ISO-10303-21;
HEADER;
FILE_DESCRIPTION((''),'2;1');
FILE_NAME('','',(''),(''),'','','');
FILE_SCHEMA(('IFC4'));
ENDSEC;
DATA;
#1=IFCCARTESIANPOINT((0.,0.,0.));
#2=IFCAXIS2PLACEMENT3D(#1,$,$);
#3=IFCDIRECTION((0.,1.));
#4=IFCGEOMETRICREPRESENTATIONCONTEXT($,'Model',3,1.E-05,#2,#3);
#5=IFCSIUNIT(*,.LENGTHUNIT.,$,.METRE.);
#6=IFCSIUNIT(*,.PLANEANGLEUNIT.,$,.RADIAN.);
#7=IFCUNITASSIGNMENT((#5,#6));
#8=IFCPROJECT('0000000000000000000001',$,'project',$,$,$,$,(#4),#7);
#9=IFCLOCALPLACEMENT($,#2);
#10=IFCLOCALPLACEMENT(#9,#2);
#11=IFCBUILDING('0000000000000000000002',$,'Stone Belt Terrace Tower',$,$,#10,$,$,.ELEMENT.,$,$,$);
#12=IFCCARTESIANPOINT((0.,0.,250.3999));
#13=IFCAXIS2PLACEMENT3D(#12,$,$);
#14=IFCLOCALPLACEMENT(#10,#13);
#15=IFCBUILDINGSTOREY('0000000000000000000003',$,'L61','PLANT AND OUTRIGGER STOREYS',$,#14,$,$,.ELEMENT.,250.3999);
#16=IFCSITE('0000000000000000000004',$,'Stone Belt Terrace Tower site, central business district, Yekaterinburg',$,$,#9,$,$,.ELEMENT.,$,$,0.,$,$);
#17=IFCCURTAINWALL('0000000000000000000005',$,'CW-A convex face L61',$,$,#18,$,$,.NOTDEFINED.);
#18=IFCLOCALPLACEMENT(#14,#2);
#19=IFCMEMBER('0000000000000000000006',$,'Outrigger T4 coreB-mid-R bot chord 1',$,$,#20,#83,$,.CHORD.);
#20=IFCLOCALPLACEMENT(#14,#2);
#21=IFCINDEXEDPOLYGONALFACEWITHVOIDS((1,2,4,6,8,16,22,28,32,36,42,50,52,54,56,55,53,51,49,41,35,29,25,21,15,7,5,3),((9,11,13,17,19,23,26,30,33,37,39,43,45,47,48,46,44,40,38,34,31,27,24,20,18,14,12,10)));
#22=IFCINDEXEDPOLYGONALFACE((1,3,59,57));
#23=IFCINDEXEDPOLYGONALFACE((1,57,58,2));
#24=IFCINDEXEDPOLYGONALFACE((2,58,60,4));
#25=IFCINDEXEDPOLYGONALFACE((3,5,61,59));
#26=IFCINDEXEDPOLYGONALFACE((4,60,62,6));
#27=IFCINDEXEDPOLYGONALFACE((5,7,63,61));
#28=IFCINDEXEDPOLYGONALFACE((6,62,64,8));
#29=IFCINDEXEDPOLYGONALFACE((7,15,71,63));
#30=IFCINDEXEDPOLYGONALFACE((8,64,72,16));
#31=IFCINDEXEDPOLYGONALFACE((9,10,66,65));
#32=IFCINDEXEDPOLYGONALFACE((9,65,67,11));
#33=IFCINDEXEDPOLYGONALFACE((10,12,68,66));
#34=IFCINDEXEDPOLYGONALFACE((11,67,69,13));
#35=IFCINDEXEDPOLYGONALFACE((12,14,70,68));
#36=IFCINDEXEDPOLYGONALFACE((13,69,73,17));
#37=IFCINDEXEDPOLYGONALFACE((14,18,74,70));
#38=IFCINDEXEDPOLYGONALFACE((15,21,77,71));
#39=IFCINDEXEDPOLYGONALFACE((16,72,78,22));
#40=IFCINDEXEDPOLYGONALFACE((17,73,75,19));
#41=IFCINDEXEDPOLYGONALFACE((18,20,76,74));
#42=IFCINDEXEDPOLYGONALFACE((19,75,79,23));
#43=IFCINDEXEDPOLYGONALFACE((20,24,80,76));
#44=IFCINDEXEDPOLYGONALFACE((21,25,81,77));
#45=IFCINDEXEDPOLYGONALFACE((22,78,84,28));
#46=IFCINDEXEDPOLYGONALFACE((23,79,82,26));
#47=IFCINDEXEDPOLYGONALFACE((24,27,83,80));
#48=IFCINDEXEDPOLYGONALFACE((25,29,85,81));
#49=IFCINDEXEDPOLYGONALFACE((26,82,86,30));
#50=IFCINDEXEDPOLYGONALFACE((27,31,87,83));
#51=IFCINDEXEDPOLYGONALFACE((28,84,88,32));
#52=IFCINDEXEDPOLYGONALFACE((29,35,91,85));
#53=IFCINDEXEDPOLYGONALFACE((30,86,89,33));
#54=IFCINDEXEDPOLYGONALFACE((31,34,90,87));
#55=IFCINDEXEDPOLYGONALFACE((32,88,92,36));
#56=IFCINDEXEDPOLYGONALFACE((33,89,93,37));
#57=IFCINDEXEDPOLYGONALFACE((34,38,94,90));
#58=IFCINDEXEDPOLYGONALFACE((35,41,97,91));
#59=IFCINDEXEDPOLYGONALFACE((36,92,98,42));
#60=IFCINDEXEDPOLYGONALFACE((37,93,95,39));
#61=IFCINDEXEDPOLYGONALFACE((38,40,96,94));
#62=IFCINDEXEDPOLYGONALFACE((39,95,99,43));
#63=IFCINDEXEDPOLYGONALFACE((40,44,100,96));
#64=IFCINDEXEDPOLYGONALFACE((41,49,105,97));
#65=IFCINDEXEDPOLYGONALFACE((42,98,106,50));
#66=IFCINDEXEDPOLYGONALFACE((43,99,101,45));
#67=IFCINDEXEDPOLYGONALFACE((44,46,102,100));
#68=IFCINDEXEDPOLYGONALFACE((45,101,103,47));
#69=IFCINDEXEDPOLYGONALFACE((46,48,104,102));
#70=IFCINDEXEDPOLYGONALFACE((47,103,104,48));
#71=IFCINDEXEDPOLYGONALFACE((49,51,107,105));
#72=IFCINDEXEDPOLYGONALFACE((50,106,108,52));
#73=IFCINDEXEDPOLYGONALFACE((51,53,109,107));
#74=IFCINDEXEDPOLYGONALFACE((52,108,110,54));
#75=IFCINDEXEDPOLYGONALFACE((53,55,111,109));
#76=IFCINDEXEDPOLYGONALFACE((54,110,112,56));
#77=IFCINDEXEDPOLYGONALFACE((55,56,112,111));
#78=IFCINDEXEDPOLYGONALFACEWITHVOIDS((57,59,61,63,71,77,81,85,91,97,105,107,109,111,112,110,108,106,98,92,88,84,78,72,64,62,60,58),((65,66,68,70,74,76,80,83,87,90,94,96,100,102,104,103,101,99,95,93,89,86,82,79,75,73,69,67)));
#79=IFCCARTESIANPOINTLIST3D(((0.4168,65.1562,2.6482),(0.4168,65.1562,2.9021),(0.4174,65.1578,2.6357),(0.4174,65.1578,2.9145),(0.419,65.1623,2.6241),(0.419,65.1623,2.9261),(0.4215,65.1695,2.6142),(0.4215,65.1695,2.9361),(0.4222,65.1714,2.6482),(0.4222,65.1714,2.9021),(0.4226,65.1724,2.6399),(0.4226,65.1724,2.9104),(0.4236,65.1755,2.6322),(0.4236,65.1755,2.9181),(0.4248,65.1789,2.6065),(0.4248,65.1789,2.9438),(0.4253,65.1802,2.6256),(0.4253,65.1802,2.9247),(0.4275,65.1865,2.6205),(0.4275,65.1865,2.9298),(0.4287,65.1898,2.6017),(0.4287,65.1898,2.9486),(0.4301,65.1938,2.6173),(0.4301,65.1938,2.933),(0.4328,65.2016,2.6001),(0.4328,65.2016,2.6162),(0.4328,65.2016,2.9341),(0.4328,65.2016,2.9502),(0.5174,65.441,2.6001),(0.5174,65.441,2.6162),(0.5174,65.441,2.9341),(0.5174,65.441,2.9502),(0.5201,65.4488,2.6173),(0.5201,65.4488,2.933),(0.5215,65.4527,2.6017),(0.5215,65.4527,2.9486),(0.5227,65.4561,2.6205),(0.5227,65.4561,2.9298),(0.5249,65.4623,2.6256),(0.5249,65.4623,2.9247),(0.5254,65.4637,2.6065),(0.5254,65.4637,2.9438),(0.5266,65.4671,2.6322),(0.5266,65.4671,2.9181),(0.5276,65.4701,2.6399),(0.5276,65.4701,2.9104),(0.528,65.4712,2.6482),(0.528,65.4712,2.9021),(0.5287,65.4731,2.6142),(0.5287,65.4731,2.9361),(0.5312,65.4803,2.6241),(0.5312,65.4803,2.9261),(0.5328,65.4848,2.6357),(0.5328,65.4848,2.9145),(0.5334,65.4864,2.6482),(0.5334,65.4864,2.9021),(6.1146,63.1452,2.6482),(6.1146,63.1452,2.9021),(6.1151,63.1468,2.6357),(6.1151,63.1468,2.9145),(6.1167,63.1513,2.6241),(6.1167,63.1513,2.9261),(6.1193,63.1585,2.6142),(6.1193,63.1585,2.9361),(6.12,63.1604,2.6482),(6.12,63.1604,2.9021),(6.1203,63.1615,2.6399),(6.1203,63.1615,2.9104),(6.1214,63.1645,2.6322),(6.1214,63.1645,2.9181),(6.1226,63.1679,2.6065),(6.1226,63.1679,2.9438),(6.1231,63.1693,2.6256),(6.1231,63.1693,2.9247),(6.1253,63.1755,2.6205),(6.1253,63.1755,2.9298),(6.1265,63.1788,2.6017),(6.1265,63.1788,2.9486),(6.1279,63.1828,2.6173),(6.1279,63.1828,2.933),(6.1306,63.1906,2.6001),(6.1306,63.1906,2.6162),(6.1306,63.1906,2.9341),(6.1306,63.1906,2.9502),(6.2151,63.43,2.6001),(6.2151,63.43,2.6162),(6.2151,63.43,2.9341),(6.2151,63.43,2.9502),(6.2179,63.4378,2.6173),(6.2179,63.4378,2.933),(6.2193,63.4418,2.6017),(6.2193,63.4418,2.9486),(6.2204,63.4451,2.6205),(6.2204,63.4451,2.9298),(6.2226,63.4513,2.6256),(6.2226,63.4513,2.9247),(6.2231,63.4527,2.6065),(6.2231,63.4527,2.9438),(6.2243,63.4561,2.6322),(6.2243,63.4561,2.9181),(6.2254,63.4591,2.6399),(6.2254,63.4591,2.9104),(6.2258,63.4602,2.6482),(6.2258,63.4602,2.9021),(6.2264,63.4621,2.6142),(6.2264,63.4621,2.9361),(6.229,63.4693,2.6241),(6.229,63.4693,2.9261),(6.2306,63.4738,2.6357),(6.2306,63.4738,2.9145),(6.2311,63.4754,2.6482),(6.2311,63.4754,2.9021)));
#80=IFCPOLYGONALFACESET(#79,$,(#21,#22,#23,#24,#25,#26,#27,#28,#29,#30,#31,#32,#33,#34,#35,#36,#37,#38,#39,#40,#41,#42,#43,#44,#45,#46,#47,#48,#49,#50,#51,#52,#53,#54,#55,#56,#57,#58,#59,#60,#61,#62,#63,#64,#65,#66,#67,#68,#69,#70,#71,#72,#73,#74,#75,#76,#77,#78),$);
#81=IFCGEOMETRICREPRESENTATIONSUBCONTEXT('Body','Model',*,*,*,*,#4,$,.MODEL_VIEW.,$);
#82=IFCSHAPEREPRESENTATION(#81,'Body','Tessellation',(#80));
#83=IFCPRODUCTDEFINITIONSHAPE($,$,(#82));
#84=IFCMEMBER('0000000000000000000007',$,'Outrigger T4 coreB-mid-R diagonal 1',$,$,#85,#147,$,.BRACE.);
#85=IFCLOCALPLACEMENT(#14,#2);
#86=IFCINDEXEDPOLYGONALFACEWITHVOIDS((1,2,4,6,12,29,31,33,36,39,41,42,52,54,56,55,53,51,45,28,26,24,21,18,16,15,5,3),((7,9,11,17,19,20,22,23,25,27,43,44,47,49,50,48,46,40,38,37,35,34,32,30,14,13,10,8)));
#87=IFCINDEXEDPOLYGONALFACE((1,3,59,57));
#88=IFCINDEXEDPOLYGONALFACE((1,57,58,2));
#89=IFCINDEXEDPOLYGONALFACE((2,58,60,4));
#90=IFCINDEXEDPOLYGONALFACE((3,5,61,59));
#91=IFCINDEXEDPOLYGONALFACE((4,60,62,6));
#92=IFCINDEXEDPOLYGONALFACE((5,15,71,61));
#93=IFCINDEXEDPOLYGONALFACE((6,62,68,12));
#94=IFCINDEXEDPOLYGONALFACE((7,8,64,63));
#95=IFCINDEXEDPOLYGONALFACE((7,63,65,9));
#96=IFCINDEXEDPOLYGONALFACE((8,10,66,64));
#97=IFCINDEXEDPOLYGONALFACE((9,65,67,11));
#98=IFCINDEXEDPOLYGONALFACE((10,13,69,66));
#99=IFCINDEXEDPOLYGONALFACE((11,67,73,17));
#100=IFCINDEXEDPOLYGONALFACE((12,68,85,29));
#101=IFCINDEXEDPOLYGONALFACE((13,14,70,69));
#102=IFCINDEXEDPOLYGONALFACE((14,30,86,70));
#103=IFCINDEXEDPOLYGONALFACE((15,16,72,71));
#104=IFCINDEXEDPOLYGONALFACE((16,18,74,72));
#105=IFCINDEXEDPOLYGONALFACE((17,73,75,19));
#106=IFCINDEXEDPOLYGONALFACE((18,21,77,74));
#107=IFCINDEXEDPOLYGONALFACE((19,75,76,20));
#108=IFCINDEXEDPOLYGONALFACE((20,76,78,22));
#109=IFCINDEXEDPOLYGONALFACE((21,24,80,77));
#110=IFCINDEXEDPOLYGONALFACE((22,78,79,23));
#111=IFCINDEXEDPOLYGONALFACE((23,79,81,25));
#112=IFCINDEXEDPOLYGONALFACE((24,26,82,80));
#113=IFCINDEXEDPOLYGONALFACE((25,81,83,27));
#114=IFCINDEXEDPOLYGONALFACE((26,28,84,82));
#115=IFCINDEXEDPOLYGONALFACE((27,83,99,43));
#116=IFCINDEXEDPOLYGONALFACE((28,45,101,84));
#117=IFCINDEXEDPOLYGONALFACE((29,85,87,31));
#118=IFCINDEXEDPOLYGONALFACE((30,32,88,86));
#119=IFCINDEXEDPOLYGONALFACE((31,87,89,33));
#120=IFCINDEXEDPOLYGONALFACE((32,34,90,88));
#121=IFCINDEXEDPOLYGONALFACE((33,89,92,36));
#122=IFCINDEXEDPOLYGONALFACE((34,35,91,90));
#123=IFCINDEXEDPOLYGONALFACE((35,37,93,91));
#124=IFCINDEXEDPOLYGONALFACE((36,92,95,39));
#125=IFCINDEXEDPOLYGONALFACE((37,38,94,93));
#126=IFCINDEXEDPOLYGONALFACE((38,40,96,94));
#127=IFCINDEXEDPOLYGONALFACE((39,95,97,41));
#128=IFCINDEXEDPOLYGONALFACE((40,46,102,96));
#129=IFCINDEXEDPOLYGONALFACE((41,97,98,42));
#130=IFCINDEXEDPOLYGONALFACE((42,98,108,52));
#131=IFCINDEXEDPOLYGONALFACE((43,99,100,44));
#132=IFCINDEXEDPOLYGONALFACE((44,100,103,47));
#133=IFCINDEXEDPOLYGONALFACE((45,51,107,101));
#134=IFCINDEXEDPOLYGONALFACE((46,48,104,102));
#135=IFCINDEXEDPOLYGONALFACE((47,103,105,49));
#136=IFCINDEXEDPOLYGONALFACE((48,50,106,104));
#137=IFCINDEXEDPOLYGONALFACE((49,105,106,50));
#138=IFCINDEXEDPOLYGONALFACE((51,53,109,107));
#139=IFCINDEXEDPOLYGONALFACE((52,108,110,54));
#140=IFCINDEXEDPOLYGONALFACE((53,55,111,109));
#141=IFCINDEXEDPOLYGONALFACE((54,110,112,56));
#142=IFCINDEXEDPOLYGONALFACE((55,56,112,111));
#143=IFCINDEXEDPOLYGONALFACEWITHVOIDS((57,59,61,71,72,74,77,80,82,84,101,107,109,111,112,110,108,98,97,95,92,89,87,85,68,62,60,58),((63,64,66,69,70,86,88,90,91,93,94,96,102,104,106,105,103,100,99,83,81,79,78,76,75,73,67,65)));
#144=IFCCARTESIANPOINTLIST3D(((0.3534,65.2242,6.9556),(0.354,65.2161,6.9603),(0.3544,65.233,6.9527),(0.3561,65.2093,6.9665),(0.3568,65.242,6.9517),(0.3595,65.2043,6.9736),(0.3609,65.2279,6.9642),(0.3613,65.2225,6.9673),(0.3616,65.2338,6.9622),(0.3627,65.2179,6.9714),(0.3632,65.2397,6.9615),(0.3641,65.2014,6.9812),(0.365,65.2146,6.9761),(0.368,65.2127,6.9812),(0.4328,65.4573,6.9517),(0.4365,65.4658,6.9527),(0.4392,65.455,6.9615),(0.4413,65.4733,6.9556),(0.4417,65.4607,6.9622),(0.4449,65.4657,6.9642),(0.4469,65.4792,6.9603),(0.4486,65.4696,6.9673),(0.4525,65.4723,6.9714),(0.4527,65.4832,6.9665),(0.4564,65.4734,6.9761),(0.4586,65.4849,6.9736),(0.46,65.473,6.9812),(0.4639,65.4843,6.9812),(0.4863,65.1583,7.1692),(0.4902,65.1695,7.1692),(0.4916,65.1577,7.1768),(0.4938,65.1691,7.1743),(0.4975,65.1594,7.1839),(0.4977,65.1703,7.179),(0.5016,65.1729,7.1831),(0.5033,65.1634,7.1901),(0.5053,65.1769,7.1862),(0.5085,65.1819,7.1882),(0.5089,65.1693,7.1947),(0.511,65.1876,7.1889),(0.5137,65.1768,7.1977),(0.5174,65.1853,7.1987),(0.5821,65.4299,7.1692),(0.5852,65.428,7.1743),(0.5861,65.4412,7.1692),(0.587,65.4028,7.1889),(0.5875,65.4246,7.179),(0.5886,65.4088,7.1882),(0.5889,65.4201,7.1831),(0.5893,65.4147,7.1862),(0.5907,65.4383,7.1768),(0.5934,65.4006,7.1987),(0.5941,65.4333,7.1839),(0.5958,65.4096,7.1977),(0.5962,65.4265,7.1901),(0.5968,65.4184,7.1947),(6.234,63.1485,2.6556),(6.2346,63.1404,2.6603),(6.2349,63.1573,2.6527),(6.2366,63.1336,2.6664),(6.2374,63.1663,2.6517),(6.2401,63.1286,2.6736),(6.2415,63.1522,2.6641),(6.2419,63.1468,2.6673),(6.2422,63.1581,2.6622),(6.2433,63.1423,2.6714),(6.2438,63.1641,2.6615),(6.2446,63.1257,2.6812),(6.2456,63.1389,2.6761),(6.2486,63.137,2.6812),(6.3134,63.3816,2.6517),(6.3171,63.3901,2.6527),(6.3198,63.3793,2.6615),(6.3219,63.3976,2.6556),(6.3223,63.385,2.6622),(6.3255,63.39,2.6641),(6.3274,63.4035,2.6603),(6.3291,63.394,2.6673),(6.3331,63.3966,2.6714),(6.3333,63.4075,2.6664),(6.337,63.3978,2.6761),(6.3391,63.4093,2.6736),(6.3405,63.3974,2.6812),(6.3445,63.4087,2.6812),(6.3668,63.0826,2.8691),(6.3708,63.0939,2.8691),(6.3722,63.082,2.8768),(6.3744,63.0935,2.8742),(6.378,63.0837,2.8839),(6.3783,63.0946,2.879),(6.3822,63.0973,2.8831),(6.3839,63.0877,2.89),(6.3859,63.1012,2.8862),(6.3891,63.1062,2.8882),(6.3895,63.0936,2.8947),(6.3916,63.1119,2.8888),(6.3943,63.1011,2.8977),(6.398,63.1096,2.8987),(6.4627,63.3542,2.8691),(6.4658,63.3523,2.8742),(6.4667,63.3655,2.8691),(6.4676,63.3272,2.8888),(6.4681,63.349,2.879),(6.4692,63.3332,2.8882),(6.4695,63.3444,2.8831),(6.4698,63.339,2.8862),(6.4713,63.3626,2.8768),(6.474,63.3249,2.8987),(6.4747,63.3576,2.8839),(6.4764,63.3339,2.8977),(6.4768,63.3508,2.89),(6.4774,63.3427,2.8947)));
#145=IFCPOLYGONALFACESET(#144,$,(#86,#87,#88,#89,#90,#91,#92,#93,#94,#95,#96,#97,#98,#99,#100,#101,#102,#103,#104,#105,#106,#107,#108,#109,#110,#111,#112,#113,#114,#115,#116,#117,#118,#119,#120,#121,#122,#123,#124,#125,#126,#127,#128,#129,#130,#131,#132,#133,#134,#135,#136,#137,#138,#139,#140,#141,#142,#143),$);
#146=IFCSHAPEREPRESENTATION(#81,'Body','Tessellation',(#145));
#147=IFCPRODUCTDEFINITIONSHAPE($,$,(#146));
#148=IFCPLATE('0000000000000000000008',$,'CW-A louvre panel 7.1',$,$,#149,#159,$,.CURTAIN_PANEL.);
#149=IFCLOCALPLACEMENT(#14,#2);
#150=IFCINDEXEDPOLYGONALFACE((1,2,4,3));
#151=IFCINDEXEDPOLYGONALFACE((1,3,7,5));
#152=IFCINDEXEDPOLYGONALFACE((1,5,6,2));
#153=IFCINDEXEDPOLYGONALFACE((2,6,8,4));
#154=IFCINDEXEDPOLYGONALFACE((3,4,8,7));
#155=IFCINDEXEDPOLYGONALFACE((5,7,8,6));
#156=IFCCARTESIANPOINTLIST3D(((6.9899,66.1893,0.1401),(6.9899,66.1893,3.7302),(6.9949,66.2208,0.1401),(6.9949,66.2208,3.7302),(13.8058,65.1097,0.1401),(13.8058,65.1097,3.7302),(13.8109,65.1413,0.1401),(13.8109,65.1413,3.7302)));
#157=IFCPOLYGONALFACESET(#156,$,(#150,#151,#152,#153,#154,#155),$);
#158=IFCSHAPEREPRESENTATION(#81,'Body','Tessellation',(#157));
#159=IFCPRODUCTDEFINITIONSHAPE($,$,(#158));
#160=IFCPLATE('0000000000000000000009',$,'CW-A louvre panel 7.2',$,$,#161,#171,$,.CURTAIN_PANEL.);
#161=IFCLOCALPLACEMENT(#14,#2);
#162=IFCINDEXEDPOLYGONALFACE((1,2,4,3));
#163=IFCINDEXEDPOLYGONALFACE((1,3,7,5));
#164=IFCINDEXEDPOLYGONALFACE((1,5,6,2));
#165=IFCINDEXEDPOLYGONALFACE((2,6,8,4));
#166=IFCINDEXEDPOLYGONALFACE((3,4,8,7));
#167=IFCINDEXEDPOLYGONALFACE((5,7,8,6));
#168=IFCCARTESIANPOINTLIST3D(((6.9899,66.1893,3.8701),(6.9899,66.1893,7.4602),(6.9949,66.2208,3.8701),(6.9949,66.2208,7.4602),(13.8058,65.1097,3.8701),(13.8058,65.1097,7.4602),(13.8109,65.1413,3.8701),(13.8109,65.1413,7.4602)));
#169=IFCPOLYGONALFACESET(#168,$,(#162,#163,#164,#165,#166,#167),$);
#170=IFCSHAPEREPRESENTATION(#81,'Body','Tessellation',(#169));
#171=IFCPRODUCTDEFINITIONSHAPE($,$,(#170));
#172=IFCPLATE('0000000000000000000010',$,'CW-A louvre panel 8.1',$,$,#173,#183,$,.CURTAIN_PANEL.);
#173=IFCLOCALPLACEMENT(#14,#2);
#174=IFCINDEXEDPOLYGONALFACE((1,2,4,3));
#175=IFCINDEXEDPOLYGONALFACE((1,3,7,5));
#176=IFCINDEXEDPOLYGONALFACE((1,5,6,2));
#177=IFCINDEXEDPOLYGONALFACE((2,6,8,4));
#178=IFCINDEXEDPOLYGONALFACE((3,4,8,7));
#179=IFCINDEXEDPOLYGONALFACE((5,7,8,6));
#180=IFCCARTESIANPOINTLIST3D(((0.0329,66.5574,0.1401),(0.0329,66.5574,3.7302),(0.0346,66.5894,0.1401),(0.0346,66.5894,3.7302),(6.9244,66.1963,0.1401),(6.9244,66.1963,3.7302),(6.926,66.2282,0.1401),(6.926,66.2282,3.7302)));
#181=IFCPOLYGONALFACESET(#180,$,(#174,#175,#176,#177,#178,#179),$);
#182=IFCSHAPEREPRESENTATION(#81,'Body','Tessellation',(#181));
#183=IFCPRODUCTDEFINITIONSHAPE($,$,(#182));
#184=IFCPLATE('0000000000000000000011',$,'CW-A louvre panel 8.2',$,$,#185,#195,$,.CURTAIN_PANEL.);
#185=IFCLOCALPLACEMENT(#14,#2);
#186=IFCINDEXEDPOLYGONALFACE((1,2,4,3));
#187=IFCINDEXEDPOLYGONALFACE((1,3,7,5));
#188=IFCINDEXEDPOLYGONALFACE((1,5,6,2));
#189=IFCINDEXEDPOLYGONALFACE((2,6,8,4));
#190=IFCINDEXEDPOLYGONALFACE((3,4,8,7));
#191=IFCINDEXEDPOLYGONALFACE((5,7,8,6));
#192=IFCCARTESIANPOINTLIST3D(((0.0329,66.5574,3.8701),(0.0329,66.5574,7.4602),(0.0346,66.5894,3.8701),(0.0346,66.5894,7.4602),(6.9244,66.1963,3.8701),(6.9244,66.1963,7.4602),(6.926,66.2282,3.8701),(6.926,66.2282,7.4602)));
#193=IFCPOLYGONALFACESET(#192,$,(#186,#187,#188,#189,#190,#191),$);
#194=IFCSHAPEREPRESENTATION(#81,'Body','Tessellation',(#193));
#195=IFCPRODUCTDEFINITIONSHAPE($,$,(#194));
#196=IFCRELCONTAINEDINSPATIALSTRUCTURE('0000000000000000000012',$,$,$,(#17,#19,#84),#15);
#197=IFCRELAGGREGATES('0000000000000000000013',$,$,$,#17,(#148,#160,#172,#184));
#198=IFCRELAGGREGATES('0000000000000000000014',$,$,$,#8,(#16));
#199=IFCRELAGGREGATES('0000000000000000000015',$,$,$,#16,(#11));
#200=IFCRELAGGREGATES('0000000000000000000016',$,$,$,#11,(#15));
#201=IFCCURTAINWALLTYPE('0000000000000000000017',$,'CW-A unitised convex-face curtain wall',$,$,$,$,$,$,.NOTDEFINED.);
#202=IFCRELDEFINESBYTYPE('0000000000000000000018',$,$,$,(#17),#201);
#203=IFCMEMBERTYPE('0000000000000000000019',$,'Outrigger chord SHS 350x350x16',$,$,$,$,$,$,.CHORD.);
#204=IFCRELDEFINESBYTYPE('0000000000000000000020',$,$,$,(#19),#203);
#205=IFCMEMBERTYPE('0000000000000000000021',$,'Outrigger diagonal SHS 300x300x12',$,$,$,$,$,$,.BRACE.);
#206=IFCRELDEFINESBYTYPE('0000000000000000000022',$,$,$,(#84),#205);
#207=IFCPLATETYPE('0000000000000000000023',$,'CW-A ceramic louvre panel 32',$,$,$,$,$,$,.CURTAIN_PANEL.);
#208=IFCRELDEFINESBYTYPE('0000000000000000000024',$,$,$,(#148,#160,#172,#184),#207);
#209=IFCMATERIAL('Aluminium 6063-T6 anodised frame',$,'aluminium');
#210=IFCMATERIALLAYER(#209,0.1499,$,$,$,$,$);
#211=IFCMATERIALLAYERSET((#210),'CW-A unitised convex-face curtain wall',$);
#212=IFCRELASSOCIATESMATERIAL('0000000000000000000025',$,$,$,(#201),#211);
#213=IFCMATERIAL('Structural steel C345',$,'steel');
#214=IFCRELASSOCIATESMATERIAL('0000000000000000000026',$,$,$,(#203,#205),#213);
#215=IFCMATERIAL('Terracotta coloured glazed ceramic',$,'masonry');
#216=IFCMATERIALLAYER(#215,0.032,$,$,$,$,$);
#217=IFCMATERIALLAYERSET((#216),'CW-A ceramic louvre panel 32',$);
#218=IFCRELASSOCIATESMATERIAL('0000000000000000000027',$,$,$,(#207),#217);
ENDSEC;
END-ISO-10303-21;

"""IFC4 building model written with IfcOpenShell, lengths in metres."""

from ifc_helpers import new_model, si_unit, direction, frame, origin, origin_2d, place, context, subcontext, project, spatial, rectangle, hollow_rectangle, extrude, material, layer, layer_set, material_profile, profile_set, type_object, element, aggregate, save


model = new_model("IFC4")

# Units and contexts
model_context = context("Model", 3, precision=1e-05, world=origin(), true_north=direction((0.0, 1.0)))
body_context = subcontext(model_context, "Body", "Model", "MODEL_VIEW")
ifc_project = project(units=[si_unit("LENGTHUNIT", "METRE"), si_unit("PLANEANGLEUNIT", "RADIAN")], contexts=[model_context])

# Site, building, storey
site_placement = place(None, origin())
site = spatial("IfcSite", under=ifc_project, at=site_placement, Name="Stone Belt Terrace Tower site, central business district, Yekaterinburg", CompositionType="ELEMENT", RefElevation=0.0)
building_placement = place(site_placement, origin())
building = spatial("IfcBuilding", under=site, at=building_placement, Name="Stone Belt Terrace Tower", CompositionType="ELEMENT")
storey_placement = place(building_placement, frame((0.0, 0.0, 250.3999)))
storey = spatial("IfcBuildingStorey", under=building, at=storey_placement, Name="L61", Description="PLANT AND OUTRIGGER STOREYS", CompositionType="ELEMENT", Elevation=250.3999)

# Curtain wall
ifc_material_1 = material(Name="Aluminium 6063-T6 anodised frame", Category="aluminium")
ifc_layer_1 = layer(ifc_material_1, 0.1499)
ifc_layer_set_1 = layer_set([ifc_layer_1], Name="CW-A unitised convex-face curtain wall")
curtain_wall_type = type_object("IfcCurtainWallType", Name="CW-A unitised convex-face curtain wall", PredefinedType="NOTDEFINED", material=ifc_layer_set_1)
curtain_wall_placement = place(storey_placement, origin())
curtain_wall = element("IfcCurtainWall", 1, at=curtain_wall_placement, inside=storey, type_object=curtain_wall_type, Name="CW-A convex face L61", PredefinedType="NOTDEFINED")

# Members
ifc_material_2 = material(Name="Structural steel C345", Category="steel")
ifc_material_profile_1 = material_profile(ifc_material_2, hollow_rectangle(XDim=0.3501, YDim=0.3501, WallThickness=0.0161, InnerFilletRadius=0.032, OuterFilletRadius=0.0481, at=origin_2d()), Name="SHS 350x350x16")
ifc_profile_set_1 = profile_set([ifc_material_profile_1], Name="Structural steel C345")
member_type_1 = type_object("IfcMemberType", Name="Outrigger chord SHS 350x350x16", PredefinedType="CHORD", material=ifc_profile_set_1)
for number, where, z_axis, x_axis, name in (
    (2, (0.4751, 65.3213, 2.7751), (0.94299, -0.332822, 0.0), (0.332822, 0.94299, 0.0), "Outrigger T4 coreB-mid-R bot chord 1"),
):
    element("IfcMember", number, at=place(storey_placement, frame(where, z_axis=z_axis, x_axis=x_axis)), inside=storey, type_object=member_type_1, Name=name, PredefinedType="CHORD", context=body_context, shape_type="SweptSolid", body=[
        extrude(hollow_rectangle(XDim=0.3501, YDim=0.3501, WallThickness=0.0161, InnerFilletRadius=0.032, OuterFilletRadius=0.0481, at=origin_2d()), origin(), (0.0, 0.0, 1.0), 6.0422),
    ])
ifc_material_profile_2 = material_profile(ifc_material_2, hollow_rectangle(XDim=0.3, YDim=0.3, WallThickness=0.012, InnerFilletRadius=0.0239, OuterFilletRadius=0.0359, at=origin_2d()), Name="SHS 300x300x12")
ifc_profile_set_2 = profile_set([ifc_material_profile_2], Name="Structural steel C345")
member_type_2 = type_object("IfcMemberType", Name="Outrigger diagonal SHS 300x300x12", PredefinedType="BRACE", material=ifc_profile_set_2)
member_1_placement = place(storey_placement, frame((0.4751, 65.3213, 7.0752), z_axis=(0.77632, -0.274018, -0.567664), x_axis=(0.332845, 0.942982, 0.0)))
element("IfcMember", 3, at=member_1_placement, inside=storey, type_object=member_type_2, Name="Outrigger T4 coreB-mid-R diagonal 1", PredefinedType="BRACE", context=body_context, shape_type="SweptSolid", body=[
    extrude(hollow_rectangle(XDim=0.3, YDim=0.3, WallThickness=0.012, InnerFilletRadius=0.0239, OuterFilletRadius=0.0359, at=origin_2d()), origin(), (0.0, 0.0, 1.0), 7.575),
])

# Plates
ifc_material_3 = material(Name="Terracotta coloured glazed ceramic", Category="masonry")
ifc_layer_2 = layer(ifc_material_3, 0.032)
ifc_layer_set_2 = layer_set([ifc_layer_2], Name="CW-A ceramic louvre panel 32")
plate_type_1 = type_object("IfcPlateType", Name="CW-A ceramic louvre panel 32", PredefinedType="CURTAIN_PANEL", material=ifc_layer_set_2)
plate_1_placement = place(storey_placement, frame((10.4004, 65.6653, 0.1401), z_axis=(0.0, 0.0, 1.0), x_axis=(-0.987688, 0.156434, 0.0)))
plate_1 = element("IfcPlate", 4, at=plate_1_placement, type_object=plate_type_1, Name="CW-A louvre panel 7.1", PredefinedType="CURTAIN_PANEL", context=body_context, shape_type="SweptSolid", body=[
    extrude(rectangle(XDim=6.9009, YDim=0.032, at=origin_2d()), origin(), (0.0, 0.0, 1.0), 3.5901),
])
plate_2_placement = place(storey_placement, frame((10.4004, 65.6653, 3.8701), z_axis=(0.0, 0.0, 1.0), x_axis=(-0.987688, 0.156434, 0.0)))
plate_2 = element("IfcPlate", 5, at=plate_2_placement, type_object=plate_type_1, Name="CW-A louvre panel 7.2", PredefinedType="CURTAIN_PANEL", context=body_context, shape_type="SweptSolid", body=[
    extrude(rectangle(XDim=6.9009, YDim=0.032, at=origin_2d()), origin(), (0.0, 0.0, 1.0), 3.5901),
])
plate_3_placement = place(storey_placement, frame((3.4795, 66.3928, 0.1401), z_axis=(0.0, 0.0, 1.0), x_axis=(-0.99863, 0.052336, 0.0)))
plate_3 = element("IfcPlate", 6, at=plate_3_placement, type_object=plate_type_1, Name="CW-A louvre panel 8.1", PredefinedType="CURTAIN_PANEL", context=body_context, shape_type="SweptSolid", body=[
    extrude(rectangle(XDim=6.9009, YDim=0.032, at=origin_2d()), origin(), (0.0, 0.0, 1.0), 3.5901),
])
plate_4_placement = place(storey_placement, frame((3.4795, 66.3928, 3.8701), z_axis=(0.0, 0.0, 1.0), x_axis=(-0.99863, 0.052336, 0.0)))
plate_4 = element("IfcPlate", 7, at=plate_4_placement, type_object=plate_type_1, Name="CW-A louvre panel 8.2", PredefinedType="CURTAIN_PANEL", context=body_context, shape_type="SweptSolid", body=[
    extrude(rectangle(XDim=6.9009, YDim=0.032, at=origin_2d()), origin(), (0.0, 0.0, 1.0), 3.5901),
])
aggregate(curtain_wall, [plate_1, plate_2, plate_3, plate_4])

save(model, "model.ifc")
